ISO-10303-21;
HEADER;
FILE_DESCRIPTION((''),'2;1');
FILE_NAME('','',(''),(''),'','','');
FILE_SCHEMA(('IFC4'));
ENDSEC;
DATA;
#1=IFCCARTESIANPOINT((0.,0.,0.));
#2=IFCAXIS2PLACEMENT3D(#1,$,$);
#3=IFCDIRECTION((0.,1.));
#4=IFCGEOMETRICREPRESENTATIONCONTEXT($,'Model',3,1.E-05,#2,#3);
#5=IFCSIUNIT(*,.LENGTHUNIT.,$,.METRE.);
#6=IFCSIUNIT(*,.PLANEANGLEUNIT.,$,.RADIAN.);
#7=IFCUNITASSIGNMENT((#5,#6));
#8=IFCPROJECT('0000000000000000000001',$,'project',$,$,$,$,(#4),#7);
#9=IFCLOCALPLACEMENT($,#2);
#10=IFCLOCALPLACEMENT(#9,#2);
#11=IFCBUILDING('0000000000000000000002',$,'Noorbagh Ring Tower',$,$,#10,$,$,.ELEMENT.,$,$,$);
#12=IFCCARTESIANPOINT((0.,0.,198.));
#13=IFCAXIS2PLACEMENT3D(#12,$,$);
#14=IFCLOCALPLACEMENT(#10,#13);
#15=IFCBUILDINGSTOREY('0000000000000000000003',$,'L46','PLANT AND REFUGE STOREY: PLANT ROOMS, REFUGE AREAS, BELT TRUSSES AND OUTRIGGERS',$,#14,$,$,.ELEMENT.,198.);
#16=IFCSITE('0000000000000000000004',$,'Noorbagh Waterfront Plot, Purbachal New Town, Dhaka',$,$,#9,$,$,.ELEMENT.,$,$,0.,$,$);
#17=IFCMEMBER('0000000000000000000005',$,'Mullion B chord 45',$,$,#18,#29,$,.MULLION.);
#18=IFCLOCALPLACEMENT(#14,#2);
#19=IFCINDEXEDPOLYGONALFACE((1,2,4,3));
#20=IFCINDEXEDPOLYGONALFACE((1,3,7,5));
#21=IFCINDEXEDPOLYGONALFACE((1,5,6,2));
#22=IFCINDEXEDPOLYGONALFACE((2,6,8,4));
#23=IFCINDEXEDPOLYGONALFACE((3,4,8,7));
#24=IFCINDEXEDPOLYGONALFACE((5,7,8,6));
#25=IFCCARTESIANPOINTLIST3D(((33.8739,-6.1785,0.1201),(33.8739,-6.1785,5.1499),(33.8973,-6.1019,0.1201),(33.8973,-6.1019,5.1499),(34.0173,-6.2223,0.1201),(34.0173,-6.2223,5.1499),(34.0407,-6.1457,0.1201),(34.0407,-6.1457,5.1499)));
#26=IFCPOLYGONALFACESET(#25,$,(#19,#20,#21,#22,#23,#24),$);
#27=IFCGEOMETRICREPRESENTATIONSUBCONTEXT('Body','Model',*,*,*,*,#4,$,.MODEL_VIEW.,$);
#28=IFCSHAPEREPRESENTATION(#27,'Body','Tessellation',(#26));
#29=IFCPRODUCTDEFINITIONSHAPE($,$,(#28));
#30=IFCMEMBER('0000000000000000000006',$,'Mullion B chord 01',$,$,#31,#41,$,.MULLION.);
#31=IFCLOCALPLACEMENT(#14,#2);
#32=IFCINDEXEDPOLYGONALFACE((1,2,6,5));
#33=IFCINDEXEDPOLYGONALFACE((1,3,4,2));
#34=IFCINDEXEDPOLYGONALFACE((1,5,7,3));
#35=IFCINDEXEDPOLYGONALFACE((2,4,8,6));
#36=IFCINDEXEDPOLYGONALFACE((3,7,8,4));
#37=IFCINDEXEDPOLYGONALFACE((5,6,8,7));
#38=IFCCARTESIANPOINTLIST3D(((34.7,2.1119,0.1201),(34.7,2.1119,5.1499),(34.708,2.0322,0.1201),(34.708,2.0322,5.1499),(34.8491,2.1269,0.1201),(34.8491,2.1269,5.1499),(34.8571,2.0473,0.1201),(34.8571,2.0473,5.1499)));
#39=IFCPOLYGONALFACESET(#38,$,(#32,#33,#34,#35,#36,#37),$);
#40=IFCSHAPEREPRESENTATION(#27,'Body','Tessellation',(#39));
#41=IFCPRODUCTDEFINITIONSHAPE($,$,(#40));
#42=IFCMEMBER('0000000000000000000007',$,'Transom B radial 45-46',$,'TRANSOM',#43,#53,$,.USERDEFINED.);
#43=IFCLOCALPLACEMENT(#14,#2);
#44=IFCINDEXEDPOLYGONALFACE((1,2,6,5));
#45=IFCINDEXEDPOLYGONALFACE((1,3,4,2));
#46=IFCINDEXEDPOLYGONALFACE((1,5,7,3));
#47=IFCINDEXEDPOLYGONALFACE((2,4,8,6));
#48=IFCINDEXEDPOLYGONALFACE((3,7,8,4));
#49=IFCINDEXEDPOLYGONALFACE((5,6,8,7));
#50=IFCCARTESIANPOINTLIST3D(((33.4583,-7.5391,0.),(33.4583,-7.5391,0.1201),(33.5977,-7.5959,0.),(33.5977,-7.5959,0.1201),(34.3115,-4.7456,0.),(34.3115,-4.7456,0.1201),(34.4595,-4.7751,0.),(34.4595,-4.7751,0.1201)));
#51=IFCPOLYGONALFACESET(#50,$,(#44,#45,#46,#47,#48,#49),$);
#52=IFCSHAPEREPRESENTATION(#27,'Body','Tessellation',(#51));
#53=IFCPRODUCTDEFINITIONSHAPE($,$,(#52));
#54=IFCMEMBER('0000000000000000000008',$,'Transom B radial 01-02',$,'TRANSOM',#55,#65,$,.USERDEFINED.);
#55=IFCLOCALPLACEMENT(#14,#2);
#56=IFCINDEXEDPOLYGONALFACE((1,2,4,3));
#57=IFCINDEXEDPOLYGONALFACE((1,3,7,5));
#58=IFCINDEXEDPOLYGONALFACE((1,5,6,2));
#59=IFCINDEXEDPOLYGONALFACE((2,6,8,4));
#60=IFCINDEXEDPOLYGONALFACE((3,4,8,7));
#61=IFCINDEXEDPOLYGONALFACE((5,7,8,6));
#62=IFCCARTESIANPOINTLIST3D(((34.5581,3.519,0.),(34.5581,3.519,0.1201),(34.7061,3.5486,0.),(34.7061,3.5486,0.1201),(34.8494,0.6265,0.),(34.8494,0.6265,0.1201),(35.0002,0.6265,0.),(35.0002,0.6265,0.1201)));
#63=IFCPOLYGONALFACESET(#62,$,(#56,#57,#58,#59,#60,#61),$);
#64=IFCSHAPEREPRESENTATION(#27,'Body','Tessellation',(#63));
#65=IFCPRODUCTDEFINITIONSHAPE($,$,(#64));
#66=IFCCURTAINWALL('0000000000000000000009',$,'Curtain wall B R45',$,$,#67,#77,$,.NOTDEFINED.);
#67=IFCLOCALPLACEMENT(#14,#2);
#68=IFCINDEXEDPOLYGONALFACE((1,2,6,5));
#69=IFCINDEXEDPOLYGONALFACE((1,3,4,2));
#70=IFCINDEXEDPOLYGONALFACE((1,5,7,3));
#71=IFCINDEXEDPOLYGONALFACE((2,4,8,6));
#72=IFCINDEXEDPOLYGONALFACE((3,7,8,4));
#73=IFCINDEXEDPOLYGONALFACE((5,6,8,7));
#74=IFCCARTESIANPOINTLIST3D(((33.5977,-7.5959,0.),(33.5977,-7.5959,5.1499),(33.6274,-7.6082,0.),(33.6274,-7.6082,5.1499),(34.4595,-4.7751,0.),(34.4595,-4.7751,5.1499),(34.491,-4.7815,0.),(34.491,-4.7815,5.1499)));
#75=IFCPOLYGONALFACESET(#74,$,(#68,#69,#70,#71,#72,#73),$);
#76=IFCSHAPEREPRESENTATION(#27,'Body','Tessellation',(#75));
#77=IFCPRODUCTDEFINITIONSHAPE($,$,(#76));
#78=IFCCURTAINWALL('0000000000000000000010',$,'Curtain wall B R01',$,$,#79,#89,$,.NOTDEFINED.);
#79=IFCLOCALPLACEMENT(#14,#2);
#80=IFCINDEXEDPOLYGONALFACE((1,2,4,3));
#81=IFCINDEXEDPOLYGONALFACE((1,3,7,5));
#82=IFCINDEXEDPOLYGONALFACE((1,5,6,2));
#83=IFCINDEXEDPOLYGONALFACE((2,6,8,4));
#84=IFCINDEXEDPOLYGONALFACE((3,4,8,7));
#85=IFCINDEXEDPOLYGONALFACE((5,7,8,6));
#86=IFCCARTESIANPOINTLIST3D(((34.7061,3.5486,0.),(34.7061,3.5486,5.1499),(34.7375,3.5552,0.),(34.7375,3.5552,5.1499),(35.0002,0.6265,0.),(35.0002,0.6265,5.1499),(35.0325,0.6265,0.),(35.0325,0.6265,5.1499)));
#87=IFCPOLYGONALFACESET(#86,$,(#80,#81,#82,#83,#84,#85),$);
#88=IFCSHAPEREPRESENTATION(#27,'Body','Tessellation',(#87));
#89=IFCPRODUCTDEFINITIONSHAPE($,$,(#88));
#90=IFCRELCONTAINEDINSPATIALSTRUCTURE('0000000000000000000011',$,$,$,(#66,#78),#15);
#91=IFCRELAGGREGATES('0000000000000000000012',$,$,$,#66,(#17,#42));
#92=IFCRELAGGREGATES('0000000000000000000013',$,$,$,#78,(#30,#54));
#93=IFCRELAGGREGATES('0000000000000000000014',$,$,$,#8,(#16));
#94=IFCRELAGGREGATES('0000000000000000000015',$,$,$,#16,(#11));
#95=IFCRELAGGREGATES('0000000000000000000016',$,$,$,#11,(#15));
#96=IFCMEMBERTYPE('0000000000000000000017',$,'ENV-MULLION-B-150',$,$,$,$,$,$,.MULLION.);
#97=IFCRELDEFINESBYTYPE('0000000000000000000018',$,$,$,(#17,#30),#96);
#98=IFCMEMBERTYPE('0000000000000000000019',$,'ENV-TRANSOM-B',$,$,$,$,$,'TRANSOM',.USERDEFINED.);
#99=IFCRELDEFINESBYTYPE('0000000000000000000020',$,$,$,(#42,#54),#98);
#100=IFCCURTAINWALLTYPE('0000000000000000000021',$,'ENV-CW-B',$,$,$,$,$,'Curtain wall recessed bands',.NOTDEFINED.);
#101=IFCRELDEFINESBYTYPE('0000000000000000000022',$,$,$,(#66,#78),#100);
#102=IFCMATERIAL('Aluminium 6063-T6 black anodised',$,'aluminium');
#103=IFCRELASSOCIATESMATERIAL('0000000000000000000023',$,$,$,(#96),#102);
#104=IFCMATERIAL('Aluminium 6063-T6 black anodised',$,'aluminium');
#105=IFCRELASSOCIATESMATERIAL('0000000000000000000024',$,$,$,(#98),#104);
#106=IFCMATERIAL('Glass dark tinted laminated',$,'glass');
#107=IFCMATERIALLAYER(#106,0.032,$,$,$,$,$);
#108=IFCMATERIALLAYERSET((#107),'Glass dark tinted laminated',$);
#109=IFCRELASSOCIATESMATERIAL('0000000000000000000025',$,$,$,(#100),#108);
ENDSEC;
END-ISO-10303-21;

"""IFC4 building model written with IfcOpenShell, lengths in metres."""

from ifc_helpers import new_model, si_unit, direction, frame, origin, origin_2d, place, context, subcontext, project, spatial, polyline, rectangle, outline, extrude, material, layer, layer_set, material_profile, profile_set, type_object, element, aggregate, save


model = new_model("IFC4")

# Units and contexts
model_context = context("Model", 3, precision=1e-05, world=origin(), true_north=direction((0.0, 1.0)))
body_context = subcontext(model_context, "Body", "Model", "MODEL_VIEW")
ifc_project = project(units=[si_unit("LENGTHUNIT", "METRE"), si_unit("PLANEANGLEUNIT", "RADIAN")], contexts=[model_context])

# Members
ifc_material_1 = material(Name="Aluminium 6063-T6 black anodised", Category="aluminium")
ifc_material_profile_1 = material_profile(ifc_material_1, rectangle(XDim=0.1499, YDim=0.0801, at=origin_2d()), Name="150x80")
ifc_profile_set_1 = profile_set([ifc_material_profile_1], Name="Aluminium 6063-T6 black anodised")
member_type_1 = type_object("IfcMemberType", Name="ENV-MULLION-B-150", PredefinedType="MULLION", material=ifc_profile_set_1)
site_placement = place(None, origin())
building_placement = place(site_placement, origin())
storey_placement = place(building_placement, frame((0.0, 0.0, 198.0)))
member_1_placement = place(storey_placement, frame((33.9573, -6.1621, 0.1201), z_axis=(0.0, 0.0, 1.0), x_axis=(-0.956366, 0.29217, 0.0)))
member_1 = element("IfcMember", 1, at=member_1_placement, type_object=member_type_1, Name="Mullion B chord 45", PredefinedType="MULLION", context=body_context, shape_type="SweptSolid", body=[
    extrude(rectangle(XDim=0.1499, YDim=0.0801, at=origin_2d()), origin(), (0.0, 0.0, 1.0), 5.0298),
])
member_2_placement = place(storey_placement, frame((34.7786, 2.0796, 0.1201), z_axis=(0.0, 0.0, 1.0), x_axis=(-0.99497, -0.100178, 0.0)))
member_2 = element("IfcMember", 2, at=member_2_placement, type_object=member_type_1, Name="Mullion B chord 01", PredefinedType="MULLION", context=body_context, shape_type="SweptSolid", body=[
    extrude(rectangle(XDim=0.1499, YDim=0.0801, at=origin_2d()), origin(), (0.0, 0.0, 1.0), 5.0298),
])
ifc_material_2 = material(Name="Aluminium 6063-T6 black anodised", Category="aluminium")
member_type_2 = type_object("IfcMemberType", Name="ENV-TRANSOM-B", ElementType="TRANSOM", PredefinedType="USERDEFINED", material=ifc_material_2)
member_3_placement = place(storey_placement, origin())
member_3 = element("IfcMember", 3, at=member_3_placement, type_object=member_type_2, Name="Transom B radial 45-46", ObjectType="TRANSOM", PredefinedType="USERDEFINED", context=body_context, shape_type="SweptSolid", body=[
    extrude(outline(polyline([(33.5977, -7.5959), (34.4595, -4.7751), (34.3115, -4.7456), (33.4583, -7.5391), (33.5977, -7.5959)])), origin(), (0.0, 0.0, 1.0), 0.1201),
])
member_4_placement = place(storey_placement, origin())
member_4 = element("IfcMember", 4, at=member_4_placement, type_object=member_type_2, Name="Transom B radial 01-02", ObjectType="TRANSOM", PredefinedType="USERDEFINED", context=body_context, shape_type="SweptSolid", body=[
    extrude(outline(polyline([(35.0002, 0.6265), (34.7061, 3.5486), (34.5581, 3.519), (34.8494, 0.6265), (35.0002, 0.6265)])), origin(), (0.0, 0.0, 1.0), 0.1201),
])

# Site, building, storey
site = spatial("IfcSite", under=ifc_project, at=site_placement, Name="Noorbagh Waterfront Plot, Purbachal New Town, Dhaka", CompositionType="ELEMENT", RefElevation=0.0)
building = spatial("IfcBuilding", under=site, at=building_placement, Name="Noorbagh Ring Tower", CompositionType="ELEMENT")
storey = spatial("IfcBuildingStorey", under=building, at=storey_placement, Name="L46", Description="PLANT AND REFUGE STOREY: PLANT ROOMS, REFUGE AREAS, BELT TRUSSES AND OUTRIGGERS", CompositionType="ELEMENT", Elevation=198.0)

# Curtain walls
ifc_material_3 = material(Name="Glass dark tinted laminated", Category="glass")
ifc_layer_1 = layer(ifc_material_3, 0.032)
ifc_layer_set_1 = layer_set([ifc_layer_1], Name="Glass dark tinted laminated")
curtain_wall_type_1 = type_object("IfcCurtainWallType", Name="ENV-CW-B", ElementType="Curtain wall recessed bands", PredefinedType="NOTDEFINED", material=ifc_layer_set_1)
curtain_wall_1_placement = place(storey_placement, origin())
curtain_wall_1 = element("IfcCurtainWall", 5, at=curtain_wall_1_placement, inside=storey, type_object=curtain_wall_type_1, Name="Curtain wall B R45", PredefinedType="NOTDEFINED", context=body_context, shape_type="SweptSolid", body=[
    extrude(outline(polyline([(33.6274, -7.6082), (34.491, -4.7815), (34.4595, -4.7751), (33.5977, -7.5959), (33.6274, -7.6082)])), origin(), (0.0, 0.0, 1.0), 5.1499),
])
aggregate(curtain_wall_1, [member_1, member_3])
curtain_wall_2_placement = place(storey_placement, origin())
curtain_wall_2 = element("IfcCurtainWall", 6, at=curtain_wall_2_placement, inside=storey, type_object=curtain_wall_type_1, Name="Curtain wall B R01", PredefinedType="NOTDEFINED", context=body_context, shape_type="SweptSolid", body=[
    extrude(outline(polyline([(35.0325, 0.6265), (34.7375, 3.5552), (34.7061, 3.5486), (35.0002, 0.6265), (35.0325, 0.6265)])), origin(), (0.0, 0.0, 1.0), 5.1499),
])
aggregate(curtain_wall_2, [member_2, member_4])

save(model, "model.ifc")
